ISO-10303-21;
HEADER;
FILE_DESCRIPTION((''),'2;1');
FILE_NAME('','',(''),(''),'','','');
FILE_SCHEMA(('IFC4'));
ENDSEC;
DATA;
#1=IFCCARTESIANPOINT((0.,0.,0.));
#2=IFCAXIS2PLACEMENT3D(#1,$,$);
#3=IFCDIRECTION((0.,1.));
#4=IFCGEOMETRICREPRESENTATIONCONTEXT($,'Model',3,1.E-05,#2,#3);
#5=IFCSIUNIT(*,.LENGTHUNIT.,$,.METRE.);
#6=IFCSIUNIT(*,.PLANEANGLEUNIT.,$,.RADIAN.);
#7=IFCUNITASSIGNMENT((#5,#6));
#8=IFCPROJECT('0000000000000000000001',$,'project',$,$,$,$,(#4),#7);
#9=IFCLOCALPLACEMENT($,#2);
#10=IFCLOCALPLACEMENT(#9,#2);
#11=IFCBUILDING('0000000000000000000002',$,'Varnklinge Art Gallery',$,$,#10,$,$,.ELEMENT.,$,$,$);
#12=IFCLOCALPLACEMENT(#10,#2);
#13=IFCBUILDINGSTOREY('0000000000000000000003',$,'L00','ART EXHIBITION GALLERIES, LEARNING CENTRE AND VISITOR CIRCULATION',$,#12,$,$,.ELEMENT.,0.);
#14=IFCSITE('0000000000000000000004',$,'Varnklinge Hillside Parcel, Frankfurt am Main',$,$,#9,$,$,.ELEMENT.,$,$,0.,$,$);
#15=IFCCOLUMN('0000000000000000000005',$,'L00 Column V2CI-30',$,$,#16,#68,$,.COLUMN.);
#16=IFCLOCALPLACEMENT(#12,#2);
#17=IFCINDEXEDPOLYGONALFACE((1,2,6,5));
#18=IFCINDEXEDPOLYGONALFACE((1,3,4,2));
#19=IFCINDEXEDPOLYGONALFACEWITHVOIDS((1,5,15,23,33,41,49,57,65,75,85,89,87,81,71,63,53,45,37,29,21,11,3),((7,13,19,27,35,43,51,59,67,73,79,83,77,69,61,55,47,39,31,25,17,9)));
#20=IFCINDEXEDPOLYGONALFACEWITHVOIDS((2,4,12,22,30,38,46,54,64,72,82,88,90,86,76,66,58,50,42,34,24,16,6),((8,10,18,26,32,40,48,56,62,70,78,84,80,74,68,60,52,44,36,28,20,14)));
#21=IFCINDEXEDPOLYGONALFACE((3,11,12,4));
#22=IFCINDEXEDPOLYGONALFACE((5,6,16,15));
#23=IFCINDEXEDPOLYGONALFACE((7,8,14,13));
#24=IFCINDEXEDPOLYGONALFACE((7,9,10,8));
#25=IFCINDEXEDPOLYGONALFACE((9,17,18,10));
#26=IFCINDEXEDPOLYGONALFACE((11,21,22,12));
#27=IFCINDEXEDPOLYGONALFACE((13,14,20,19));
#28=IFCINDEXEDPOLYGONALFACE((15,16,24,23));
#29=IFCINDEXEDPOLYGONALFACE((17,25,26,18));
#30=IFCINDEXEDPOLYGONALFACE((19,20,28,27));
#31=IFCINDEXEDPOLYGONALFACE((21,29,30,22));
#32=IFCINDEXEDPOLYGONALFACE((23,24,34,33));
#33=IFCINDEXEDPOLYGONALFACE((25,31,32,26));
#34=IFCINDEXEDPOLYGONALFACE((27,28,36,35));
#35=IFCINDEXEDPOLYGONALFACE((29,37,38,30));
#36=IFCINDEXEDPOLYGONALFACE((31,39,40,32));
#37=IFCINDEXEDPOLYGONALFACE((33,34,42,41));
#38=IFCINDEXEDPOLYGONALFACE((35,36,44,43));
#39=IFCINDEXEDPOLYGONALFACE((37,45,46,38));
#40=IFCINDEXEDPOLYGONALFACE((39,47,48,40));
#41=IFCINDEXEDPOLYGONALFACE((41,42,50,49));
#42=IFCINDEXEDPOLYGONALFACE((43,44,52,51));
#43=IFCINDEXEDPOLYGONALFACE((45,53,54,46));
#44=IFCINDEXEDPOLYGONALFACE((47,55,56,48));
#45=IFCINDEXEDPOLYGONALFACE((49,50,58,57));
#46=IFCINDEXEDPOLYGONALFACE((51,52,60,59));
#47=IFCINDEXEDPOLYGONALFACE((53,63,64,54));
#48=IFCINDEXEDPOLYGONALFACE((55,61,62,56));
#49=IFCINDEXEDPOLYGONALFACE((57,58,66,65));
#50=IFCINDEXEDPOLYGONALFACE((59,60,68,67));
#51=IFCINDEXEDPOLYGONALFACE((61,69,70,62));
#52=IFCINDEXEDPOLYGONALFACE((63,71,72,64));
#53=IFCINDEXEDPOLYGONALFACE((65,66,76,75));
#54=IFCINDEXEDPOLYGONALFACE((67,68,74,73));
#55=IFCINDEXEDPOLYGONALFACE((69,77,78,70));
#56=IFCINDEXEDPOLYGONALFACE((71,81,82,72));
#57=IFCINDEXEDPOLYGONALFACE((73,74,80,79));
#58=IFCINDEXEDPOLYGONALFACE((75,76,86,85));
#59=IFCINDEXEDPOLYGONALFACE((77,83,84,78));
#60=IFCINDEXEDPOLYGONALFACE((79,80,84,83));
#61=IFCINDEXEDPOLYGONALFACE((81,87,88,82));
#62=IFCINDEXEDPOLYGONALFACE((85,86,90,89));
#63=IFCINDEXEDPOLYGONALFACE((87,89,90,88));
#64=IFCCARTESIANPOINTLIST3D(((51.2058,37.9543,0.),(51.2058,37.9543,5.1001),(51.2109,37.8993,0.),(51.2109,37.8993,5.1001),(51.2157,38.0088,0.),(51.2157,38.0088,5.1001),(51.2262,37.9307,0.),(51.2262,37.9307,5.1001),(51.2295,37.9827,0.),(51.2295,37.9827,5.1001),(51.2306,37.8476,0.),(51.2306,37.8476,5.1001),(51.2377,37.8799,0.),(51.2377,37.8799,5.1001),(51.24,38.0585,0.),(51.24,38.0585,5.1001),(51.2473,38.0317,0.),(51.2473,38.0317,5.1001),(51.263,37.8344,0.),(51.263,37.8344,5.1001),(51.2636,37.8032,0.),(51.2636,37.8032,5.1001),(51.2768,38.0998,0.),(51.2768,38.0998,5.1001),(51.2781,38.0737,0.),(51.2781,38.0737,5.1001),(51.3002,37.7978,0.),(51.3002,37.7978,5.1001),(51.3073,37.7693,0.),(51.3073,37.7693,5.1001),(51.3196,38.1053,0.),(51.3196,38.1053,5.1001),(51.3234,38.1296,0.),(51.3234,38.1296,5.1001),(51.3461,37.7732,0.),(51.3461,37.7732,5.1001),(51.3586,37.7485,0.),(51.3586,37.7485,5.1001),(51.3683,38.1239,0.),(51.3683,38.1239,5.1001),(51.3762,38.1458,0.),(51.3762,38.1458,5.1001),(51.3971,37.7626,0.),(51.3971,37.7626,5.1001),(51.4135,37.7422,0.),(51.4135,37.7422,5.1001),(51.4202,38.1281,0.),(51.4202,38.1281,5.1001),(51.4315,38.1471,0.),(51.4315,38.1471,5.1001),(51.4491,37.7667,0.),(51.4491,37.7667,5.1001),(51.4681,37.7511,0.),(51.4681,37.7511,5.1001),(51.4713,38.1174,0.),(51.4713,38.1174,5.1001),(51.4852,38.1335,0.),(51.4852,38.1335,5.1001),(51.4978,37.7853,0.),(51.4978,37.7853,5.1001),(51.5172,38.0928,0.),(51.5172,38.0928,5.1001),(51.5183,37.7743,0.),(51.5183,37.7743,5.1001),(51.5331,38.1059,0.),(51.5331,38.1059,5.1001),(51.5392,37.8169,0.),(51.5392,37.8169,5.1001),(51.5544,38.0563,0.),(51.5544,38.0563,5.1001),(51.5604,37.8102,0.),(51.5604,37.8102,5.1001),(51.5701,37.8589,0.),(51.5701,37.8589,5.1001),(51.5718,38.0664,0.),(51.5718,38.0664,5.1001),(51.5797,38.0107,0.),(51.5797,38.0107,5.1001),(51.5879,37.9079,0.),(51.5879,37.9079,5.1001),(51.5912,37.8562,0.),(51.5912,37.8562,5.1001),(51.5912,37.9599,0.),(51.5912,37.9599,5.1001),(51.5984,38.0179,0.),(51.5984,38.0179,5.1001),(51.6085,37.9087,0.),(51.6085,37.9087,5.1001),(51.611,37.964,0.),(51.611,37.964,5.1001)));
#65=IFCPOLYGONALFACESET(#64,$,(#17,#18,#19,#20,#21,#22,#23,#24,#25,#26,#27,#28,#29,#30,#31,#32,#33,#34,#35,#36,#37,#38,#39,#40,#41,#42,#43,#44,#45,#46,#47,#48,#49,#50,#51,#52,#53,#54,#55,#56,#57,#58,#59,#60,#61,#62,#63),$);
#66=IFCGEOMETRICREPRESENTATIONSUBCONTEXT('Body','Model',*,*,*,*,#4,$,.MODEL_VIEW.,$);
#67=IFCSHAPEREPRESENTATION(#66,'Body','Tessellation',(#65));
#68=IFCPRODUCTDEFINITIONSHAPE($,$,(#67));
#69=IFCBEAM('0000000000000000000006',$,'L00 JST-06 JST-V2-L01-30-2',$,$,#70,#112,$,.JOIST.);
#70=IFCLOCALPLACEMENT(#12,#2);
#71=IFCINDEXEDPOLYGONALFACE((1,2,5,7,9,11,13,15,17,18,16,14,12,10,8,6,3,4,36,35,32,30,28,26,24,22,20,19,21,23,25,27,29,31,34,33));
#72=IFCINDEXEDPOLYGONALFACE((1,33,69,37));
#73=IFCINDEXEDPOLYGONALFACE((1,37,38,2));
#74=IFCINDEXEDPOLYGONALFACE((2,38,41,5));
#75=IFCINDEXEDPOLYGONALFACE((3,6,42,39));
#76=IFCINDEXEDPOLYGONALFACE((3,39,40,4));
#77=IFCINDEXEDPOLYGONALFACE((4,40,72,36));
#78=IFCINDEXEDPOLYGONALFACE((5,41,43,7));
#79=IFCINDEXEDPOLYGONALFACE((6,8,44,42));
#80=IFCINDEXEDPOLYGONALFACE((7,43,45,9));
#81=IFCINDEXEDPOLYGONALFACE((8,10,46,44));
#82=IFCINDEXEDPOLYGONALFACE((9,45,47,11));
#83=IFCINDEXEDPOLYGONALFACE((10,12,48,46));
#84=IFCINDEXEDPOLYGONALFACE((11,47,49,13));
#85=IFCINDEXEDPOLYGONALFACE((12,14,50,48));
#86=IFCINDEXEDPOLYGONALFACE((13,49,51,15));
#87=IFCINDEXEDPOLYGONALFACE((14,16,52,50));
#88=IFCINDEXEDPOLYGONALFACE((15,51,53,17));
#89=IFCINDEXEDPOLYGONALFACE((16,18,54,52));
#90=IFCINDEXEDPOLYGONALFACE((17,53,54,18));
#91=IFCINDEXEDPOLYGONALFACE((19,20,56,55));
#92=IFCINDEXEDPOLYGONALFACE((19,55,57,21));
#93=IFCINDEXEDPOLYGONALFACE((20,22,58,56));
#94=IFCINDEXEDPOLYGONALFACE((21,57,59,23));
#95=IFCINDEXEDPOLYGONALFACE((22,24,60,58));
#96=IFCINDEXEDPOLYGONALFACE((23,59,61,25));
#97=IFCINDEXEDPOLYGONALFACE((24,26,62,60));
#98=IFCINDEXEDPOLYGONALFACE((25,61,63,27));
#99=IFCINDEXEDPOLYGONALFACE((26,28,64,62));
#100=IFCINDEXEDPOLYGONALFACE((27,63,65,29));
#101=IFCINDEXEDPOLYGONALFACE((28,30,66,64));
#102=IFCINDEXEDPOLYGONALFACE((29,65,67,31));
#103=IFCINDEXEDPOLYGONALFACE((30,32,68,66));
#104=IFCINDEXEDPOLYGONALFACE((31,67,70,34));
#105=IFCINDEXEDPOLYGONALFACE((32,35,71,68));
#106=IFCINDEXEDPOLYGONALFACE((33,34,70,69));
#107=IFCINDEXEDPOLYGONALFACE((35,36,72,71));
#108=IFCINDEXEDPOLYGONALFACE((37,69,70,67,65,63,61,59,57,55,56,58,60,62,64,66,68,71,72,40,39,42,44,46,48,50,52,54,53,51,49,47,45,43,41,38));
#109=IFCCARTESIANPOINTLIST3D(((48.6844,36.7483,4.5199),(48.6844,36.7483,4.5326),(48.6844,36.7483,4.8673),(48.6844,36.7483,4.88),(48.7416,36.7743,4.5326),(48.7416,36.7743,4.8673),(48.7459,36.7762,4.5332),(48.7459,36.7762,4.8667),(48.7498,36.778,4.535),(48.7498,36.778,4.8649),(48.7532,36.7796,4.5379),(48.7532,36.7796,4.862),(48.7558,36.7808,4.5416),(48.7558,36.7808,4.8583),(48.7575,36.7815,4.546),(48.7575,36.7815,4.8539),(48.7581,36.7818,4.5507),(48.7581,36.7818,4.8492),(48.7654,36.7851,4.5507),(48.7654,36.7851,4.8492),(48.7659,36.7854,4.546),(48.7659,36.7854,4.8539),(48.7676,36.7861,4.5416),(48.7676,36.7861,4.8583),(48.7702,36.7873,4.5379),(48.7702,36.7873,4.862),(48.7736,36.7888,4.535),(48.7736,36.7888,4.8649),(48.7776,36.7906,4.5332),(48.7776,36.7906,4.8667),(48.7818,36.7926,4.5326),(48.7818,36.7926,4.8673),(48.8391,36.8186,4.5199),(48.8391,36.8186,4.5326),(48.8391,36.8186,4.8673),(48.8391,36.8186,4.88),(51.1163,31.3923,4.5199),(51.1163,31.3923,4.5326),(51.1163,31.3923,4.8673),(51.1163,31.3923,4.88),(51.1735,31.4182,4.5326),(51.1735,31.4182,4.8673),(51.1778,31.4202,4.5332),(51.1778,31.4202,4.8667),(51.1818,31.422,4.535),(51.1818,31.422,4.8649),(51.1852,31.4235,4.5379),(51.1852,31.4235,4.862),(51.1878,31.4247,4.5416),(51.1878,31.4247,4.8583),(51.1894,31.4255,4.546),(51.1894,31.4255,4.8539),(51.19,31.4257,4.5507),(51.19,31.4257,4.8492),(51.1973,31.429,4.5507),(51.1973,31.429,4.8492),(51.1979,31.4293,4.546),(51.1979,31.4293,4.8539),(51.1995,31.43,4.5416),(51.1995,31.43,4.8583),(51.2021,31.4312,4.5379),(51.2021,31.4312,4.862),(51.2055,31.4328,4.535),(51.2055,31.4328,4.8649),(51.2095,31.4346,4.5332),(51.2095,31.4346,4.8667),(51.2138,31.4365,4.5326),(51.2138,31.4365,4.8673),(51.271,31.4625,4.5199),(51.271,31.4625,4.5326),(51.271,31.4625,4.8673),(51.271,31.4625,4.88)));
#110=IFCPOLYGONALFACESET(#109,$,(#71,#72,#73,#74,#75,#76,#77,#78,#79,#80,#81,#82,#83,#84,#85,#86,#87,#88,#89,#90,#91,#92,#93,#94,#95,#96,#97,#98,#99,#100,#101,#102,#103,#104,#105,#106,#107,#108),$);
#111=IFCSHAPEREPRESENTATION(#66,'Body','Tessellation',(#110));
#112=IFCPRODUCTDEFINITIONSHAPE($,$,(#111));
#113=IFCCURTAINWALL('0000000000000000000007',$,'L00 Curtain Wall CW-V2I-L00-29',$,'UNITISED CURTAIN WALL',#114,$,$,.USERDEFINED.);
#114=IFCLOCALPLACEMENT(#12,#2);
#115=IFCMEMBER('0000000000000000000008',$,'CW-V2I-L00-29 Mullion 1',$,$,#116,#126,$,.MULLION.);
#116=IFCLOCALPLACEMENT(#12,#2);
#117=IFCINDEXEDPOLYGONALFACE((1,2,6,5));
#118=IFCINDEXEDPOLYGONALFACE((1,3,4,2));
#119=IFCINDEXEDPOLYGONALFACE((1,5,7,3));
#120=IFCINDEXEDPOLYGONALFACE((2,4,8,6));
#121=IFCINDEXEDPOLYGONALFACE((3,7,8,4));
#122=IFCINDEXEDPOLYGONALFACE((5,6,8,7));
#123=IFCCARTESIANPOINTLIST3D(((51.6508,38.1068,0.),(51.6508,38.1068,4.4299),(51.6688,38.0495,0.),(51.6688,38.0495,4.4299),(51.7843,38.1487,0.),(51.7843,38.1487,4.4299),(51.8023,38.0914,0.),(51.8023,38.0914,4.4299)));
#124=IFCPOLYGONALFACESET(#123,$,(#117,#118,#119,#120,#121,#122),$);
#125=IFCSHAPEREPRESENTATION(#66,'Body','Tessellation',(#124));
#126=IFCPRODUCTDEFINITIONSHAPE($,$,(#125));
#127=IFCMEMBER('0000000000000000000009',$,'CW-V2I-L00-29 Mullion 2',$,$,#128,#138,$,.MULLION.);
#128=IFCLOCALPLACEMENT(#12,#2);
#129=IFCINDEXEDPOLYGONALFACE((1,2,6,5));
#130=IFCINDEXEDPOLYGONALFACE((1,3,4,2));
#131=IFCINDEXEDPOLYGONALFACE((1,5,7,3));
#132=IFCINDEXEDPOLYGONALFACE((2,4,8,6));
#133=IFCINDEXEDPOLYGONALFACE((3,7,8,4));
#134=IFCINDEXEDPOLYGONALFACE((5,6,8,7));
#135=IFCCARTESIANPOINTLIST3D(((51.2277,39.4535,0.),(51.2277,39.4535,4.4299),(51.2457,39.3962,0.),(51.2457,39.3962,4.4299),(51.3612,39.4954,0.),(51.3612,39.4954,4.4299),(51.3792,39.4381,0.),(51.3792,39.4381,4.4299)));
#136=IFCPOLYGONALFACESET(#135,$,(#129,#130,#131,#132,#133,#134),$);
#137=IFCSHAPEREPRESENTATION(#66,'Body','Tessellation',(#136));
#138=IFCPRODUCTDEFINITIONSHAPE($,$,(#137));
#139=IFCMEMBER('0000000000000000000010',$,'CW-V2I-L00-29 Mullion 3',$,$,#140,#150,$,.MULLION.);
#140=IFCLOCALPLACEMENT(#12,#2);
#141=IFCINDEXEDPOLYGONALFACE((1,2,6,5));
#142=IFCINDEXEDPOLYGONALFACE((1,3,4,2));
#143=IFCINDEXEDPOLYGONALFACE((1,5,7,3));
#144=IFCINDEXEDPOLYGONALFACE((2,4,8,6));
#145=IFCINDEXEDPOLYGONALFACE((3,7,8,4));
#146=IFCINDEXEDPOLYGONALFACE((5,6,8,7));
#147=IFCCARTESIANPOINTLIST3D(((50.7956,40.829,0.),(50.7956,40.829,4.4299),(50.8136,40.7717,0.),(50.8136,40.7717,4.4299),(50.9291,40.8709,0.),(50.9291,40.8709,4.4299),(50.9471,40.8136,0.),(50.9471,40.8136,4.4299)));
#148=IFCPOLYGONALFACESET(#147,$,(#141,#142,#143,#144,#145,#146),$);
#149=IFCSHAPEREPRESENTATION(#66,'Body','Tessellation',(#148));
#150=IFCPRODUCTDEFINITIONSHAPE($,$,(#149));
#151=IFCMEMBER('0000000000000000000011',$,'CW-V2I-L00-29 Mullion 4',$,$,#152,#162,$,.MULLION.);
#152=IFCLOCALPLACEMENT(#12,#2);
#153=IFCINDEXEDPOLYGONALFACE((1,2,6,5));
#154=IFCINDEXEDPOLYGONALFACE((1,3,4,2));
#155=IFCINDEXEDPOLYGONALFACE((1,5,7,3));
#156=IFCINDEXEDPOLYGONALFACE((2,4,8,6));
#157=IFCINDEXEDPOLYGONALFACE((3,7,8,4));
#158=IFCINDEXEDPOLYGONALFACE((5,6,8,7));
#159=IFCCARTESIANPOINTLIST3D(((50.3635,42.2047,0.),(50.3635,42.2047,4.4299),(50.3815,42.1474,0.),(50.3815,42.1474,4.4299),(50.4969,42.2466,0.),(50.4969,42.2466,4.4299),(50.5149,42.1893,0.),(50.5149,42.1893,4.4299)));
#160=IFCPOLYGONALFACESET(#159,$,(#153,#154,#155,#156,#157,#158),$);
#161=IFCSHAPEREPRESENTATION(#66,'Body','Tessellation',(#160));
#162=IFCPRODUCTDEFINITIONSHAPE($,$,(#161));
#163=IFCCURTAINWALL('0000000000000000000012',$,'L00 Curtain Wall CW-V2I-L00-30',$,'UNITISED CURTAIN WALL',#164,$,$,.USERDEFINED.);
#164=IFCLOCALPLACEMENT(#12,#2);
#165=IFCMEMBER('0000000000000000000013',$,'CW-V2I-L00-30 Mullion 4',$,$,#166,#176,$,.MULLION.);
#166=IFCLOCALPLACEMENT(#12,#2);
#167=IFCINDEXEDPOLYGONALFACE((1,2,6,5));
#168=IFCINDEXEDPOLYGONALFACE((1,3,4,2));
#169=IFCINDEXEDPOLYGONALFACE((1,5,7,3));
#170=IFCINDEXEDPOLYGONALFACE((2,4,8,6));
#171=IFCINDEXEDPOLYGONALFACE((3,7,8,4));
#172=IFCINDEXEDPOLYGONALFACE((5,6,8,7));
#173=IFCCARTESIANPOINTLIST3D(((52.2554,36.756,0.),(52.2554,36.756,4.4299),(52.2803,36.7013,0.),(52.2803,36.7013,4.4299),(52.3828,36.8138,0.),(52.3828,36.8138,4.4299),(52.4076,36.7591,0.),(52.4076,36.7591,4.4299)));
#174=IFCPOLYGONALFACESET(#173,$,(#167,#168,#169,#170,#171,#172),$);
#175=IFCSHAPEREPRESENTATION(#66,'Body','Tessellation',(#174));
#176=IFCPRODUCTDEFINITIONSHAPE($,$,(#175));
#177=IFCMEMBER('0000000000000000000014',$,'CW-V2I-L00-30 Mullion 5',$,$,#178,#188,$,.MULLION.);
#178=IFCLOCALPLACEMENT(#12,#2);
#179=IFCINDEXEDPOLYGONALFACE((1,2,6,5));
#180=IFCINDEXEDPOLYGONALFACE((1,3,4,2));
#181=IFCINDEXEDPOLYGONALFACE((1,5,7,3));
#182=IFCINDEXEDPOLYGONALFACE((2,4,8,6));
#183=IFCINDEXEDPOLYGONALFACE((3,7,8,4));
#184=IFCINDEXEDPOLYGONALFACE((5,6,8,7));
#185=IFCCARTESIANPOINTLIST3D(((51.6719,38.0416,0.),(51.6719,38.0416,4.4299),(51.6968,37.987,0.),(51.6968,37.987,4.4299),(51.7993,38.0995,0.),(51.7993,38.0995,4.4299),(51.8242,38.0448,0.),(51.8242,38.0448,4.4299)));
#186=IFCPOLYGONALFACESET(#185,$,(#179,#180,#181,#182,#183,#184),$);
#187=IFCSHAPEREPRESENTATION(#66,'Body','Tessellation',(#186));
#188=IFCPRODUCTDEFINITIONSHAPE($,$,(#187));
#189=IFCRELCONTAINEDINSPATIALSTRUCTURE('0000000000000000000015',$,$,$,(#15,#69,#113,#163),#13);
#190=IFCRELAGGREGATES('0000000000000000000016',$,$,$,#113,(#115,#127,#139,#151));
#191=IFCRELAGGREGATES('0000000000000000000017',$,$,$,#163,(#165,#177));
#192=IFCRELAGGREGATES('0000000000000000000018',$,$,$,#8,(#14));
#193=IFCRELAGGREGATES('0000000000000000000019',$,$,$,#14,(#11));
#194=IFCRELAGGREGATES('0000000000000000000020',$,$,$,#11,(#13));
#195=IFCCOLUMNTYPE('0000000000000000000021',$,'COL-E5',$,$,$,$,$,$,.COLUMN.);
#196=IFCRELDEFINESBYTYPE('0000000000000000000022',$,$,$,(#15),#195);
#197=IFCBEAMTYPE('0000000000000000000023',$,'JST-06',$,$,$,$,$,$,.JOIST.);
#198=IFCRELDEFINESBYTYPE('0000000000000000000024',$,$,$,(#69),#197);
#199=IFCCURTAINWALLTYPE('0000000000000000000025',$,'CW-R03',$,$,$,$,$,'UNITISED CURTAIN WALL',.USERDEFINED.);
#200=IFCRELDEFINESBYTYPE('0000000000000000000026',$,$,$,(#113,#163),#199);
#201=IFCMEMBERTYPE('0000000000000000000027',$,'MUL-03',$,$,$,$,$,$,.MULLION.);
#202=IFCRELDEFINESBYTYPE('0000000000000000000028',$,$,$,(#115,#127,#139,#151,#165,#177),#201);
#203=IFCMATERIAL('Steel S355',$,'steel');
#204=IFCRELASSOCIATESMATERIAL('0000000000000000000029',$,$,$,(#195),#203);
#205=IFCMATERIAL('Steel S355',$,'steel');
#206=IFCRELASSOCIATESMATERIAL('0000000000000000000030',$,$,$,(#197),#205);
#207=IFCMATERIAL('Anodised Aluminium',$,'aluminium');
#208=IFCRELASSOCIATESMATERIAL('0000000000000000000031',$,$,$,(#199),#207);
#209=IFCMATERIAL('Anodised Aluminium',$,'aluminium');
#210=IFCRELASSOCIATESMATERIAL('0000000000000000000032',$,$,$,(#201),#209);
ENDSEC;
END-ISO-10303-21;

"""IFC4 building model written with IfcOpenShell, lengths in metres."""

from ifc_helpers import new_model, si_unit, direction, frame, origin, origin_2d, place, context, subcontext, project, spatial, rectangle, hollow_circle, i_section, extrude, material, material_profile, profile_set, type_object, element, aggregate, save


model = new_model("IFC4")

# Units and contexts
model_context = context("Model", 3, precision=1e-05, world=origin(), true_north=direction((0.0, 1.0)))
body_context = subcontext(model_context, "Body", "Model", "MODEL_VIEW")
ifc_project = project(units=[si_unit("LENGTHUNIT", "METRE"), si_unit("PLANEANGLEUNIT", "RADIAN")], contexts=[model_context])

# Site, building, storey
site_placement = place(None, origin())
site = spatial("IfcSite", under=ifc_project, at=site_placement, Name="Varnklinge Hillside Parcel, Frankfurt am Main", CompositionType="ELEMENT", RefElevation=0.0)
building_placement = place(site_placement, origin())
building = spatial("IfcBuilding", under=site, at=building_placement, Name="Varnklinge Art Gallery", CompositionType="ELEMENT")
storey_placement = place(building_placement, origin())
storey = spatial("IfcBuildingStorey", under=building, at=storey_placement, Name="L00", Description="ART EXHIBITION GALLERIES, LEARNING CENTRE AND VISITOR CIRCULATION", CompositionType="ELEMENT", Elevation=0.0)

# Column
ifc_material_1 = material(Name="Steel S355", Category="steel")
ifc_material_profile_1 = material_profile(ifc_material_1, hollow_circle(Radius=0.2031, WallThickness=0.02, at=origin_2d()), Name="CHS 406.4x20")
ifc_profile_set_1 = profile_set([ifc_material_profile_1], Name="Steel S355")
column_type = type_object("IfcColumnType", Name="COL-E5", PredefinedType="COLUMN", material=ifc_profile_set_1)
column_placement = place(storey_placement, frame((51.4087, 37.9453, 0.0), z_axis=(0.0, 0.0, 1.0), x_axis=(0.934018, 0.357227, 0.0)))
element("IfcColumn", 1, at=column_placement, inside=storey, type_object=column_type, Name="L00 Column V2CI-30", PredefinedType="COLUMN", context=body_context, shape_type="SweptSolid", body=[
    extrude(hollow_circle(Radius=0.2031, WallThickness=0.02, at=origin_2d()), origin(), (0.0, 0.0, 1.0), 5.1001),
])

# Beam
ifc_material_2 = material(Name="Steel S355", Category="steel")
ifc_material_profile_2 = material_profile(ifc_material_2, i_section(OverallWidth=0.1699, OverallDepth=0.3601, WebThickness=0.0081, FlangeThickness=0.0127, FilletRadius=0.0181, at=origin_2d()), Name="IPE 360")
ifc_profile_set_2 = profile_set([ifc_material_profile_2], Name="Steel S355")
beam_type_1 = type_object("IfcBeamType", Name="JST-06", PredefinedType="JOIST", material=ifc_profile_set_2)
beam_1_placement = place(storey_placement, frame((48.7617, 36.7834, 4.7), z_axis=(0.413431, -0.910536, 0.0), x_axis=(0.910536, 0.413431, 0.0)))
element("IfcBeam", 2, at=beam_1_placement, inside=storey, type_object=beam_type_1, Name="L00 JST-06 JST-V2-L01-30-2", PredefinedType="JOIST", context=body_context, shape_type="SweptSolid", body=[
    extrude(i_section(OverallWidth=0.1699, OverallDepth=0.3601, WebThickness=0.0081, FlangeThickness=0.0127, FilletRadius=0.0181, at=origin_2d()), origin(), (0.0, 0.0, 1.0), 5.8823),
])

# Curtain walls, members
ifc_material_3 = material(Name="Anodised Aluminium", Category="aluminium")
curtain_wall_type = type_object("IfcCurtainWallType", Name="CW-R03", ElementType="UNITISED CURTAIN WALL", PredefinedType="USERDEFINED", material=ifc_material_3)
curtain_wall_1_placement = place(storey_placement, origin())
curtain_wall_1 = element("IfcCurtainWall", 3, at=curtain_wall_1_placement, inside=storey, type_object=curtain_wall_type, Name="L00 Curtain Wall CW-V2I-L00-29", ObjectType="UNITISED CURTAIN WALL", PredefinedType="USERDEFINED")
ifc_material_4 = material(Name="Anodised Aluminium", Category="aluminium")
ifc_material_profile_3 = material_profile(ifc_material_4, rectangle(XDim=0.0601, YDim=0.1399, at=origin_2d()), Name="ALU 60x140")
ifc_profile_set_3 = profile_set([ifc_material_profile_3], Name="Anodised Aluminium")
member_type_1 = type_object("IfcMemberType", Name="MUL-03", PredefinedType="MULLION", material=ifc_profile_set_3)
member_1_placement = place(storey_placement, frame((51.7266, 38.0991, 0.0), z_axis=(0.0, 0.0, 1.0), x_axis=(-0.299707, 0.954031, 0.0)))
member_1 = element("IfcMember", 4, at=member_1_placement, type_object=member_type_1, Name="CW-V2I-L00-29 Mullion 1", PredefinedType="MULLION", context=body_context, shape_type="SweptSolid", body=[
    extrude(rectangle(XDim=0.0601, YDim=0.1399, at=origin_2d()), origin(), (0.0, 0.0, 1.0), 4.4299),
])
member_2_placement = place(storey_placement, frame((51.3035, 39.4458, 0.0), z_axis=(0.0, 0.0, 1.0), x_axis=(-0.299707, 0.954031, 0.0)))
member_2 = element("IfcMember", 5, at=member_2_placement, type_object=member_type_1, Name="CW-V2I-L00-29 Mullion 2", PredefinedType="MULLION", context=body_context, shape_type="SweptSolid", body=[
    extrude(rectangle(XDim=0.0601, YDim=0.1399, at=origin_2d()), origin(), (0.0, 0.0, 1.0), 4.4299),
])
member_3_placement = place(storey_placement, frame((50.8713, 40.8213, 0.0), z_axis=(0.0, 0.0, 1.0), x_axis=(-0.299707, 0.954031, 0.0)))
member_3 = element("IfcMember", 6, at=member_3_placement, type_object=member_type_1, Name="CW-V2I-L00-29 Mullion 3", PredefinedType="MULLION", context=body_context, shape_type="SweptSolid", body=[
    extrude(rectangle(XDim=0.0601, YDim=0.1399, at=origin_2d()), origin(), (0.0, 0.0, 1.0), 4.4299),
])
member_4_placement = place(storey_placement, frame((50.4392, 42.197, 0.0), z_axis=(0.0, 0.0, 1.0), x_axis=(-0.299707, 0.954031, 0.0)))
member_4 = element("IfcMember", 7, at=member_4_placement, type_object=member_type_1, Name="CW-V2I-L00-29 Mullion 4", PredefinedType="MULLION", context=body_context, shape_type="SweptSolid", body=[
    extrude(rectangle(XDim=0.0601, YDim=0.1399, at=origin_2d()), origin(), (0.0, 0.0, 1.0), 4.4299),
])
curtain_wall_2_placement = place(storey_placement, origin())
curtain_wall_2 = element("IfcCurtainWall", 8, at=curtain_wall_2_placement, inside=storey, type_object=curtain_wall_type, Name="L00 Curtain Wall CW-V2I-L00-30", ObjectType="UNITISED CURTAIN WALL", PredefinedType="USERDEFINED")
member_5_placement = place(storey_placement, frame((52.3315, 36.7576, 0.0), z_axis=(0.0, 0.0, 1.0), x_axis=(-0.413422, 0.910539, 0.0)))
member_5 = element("IfcMember", 9, at=member_5_placement, type_object=member_type_1, Name="CW-V2I-L00-30 Mullion 4", PredefinedType="MULLION", context=body_context, shape_type="SweptSolid", body=[
    extrude(rectangle(XDim=0.0601, YDim=0.1399, at=origin_2d()), origin(), (0.0, 0.0, 1.0), 4.4299),
])
member_6_placement = place(storey_placement, frame((51.748, 38.0432, 0.0), z_axis=(0.0, 0.0, 1.0), x_axis=(-0.413422, 0.910539, 0.0)))
member_6 = element("IfcMember", 10, at=member_6_placement, type_object=member_type_1, Name="CW-V2I-L00-30 Mullion 5", PredefinedType="MULLION", context=body_context, shape_type="SweptSolid", body=[
    extrude(rectangle(XDim=0.0601, YDim=0.1399, at=origin_2d()), origin(), (0.0, 0.0, 1.0), 4.4299),
])

aggregate(curtain_wall_1, [member_1, member_2, member_3, member_4])
aggregate(curtain_wall_2, [member_5, member_6])

save(model, "model.ifc")
